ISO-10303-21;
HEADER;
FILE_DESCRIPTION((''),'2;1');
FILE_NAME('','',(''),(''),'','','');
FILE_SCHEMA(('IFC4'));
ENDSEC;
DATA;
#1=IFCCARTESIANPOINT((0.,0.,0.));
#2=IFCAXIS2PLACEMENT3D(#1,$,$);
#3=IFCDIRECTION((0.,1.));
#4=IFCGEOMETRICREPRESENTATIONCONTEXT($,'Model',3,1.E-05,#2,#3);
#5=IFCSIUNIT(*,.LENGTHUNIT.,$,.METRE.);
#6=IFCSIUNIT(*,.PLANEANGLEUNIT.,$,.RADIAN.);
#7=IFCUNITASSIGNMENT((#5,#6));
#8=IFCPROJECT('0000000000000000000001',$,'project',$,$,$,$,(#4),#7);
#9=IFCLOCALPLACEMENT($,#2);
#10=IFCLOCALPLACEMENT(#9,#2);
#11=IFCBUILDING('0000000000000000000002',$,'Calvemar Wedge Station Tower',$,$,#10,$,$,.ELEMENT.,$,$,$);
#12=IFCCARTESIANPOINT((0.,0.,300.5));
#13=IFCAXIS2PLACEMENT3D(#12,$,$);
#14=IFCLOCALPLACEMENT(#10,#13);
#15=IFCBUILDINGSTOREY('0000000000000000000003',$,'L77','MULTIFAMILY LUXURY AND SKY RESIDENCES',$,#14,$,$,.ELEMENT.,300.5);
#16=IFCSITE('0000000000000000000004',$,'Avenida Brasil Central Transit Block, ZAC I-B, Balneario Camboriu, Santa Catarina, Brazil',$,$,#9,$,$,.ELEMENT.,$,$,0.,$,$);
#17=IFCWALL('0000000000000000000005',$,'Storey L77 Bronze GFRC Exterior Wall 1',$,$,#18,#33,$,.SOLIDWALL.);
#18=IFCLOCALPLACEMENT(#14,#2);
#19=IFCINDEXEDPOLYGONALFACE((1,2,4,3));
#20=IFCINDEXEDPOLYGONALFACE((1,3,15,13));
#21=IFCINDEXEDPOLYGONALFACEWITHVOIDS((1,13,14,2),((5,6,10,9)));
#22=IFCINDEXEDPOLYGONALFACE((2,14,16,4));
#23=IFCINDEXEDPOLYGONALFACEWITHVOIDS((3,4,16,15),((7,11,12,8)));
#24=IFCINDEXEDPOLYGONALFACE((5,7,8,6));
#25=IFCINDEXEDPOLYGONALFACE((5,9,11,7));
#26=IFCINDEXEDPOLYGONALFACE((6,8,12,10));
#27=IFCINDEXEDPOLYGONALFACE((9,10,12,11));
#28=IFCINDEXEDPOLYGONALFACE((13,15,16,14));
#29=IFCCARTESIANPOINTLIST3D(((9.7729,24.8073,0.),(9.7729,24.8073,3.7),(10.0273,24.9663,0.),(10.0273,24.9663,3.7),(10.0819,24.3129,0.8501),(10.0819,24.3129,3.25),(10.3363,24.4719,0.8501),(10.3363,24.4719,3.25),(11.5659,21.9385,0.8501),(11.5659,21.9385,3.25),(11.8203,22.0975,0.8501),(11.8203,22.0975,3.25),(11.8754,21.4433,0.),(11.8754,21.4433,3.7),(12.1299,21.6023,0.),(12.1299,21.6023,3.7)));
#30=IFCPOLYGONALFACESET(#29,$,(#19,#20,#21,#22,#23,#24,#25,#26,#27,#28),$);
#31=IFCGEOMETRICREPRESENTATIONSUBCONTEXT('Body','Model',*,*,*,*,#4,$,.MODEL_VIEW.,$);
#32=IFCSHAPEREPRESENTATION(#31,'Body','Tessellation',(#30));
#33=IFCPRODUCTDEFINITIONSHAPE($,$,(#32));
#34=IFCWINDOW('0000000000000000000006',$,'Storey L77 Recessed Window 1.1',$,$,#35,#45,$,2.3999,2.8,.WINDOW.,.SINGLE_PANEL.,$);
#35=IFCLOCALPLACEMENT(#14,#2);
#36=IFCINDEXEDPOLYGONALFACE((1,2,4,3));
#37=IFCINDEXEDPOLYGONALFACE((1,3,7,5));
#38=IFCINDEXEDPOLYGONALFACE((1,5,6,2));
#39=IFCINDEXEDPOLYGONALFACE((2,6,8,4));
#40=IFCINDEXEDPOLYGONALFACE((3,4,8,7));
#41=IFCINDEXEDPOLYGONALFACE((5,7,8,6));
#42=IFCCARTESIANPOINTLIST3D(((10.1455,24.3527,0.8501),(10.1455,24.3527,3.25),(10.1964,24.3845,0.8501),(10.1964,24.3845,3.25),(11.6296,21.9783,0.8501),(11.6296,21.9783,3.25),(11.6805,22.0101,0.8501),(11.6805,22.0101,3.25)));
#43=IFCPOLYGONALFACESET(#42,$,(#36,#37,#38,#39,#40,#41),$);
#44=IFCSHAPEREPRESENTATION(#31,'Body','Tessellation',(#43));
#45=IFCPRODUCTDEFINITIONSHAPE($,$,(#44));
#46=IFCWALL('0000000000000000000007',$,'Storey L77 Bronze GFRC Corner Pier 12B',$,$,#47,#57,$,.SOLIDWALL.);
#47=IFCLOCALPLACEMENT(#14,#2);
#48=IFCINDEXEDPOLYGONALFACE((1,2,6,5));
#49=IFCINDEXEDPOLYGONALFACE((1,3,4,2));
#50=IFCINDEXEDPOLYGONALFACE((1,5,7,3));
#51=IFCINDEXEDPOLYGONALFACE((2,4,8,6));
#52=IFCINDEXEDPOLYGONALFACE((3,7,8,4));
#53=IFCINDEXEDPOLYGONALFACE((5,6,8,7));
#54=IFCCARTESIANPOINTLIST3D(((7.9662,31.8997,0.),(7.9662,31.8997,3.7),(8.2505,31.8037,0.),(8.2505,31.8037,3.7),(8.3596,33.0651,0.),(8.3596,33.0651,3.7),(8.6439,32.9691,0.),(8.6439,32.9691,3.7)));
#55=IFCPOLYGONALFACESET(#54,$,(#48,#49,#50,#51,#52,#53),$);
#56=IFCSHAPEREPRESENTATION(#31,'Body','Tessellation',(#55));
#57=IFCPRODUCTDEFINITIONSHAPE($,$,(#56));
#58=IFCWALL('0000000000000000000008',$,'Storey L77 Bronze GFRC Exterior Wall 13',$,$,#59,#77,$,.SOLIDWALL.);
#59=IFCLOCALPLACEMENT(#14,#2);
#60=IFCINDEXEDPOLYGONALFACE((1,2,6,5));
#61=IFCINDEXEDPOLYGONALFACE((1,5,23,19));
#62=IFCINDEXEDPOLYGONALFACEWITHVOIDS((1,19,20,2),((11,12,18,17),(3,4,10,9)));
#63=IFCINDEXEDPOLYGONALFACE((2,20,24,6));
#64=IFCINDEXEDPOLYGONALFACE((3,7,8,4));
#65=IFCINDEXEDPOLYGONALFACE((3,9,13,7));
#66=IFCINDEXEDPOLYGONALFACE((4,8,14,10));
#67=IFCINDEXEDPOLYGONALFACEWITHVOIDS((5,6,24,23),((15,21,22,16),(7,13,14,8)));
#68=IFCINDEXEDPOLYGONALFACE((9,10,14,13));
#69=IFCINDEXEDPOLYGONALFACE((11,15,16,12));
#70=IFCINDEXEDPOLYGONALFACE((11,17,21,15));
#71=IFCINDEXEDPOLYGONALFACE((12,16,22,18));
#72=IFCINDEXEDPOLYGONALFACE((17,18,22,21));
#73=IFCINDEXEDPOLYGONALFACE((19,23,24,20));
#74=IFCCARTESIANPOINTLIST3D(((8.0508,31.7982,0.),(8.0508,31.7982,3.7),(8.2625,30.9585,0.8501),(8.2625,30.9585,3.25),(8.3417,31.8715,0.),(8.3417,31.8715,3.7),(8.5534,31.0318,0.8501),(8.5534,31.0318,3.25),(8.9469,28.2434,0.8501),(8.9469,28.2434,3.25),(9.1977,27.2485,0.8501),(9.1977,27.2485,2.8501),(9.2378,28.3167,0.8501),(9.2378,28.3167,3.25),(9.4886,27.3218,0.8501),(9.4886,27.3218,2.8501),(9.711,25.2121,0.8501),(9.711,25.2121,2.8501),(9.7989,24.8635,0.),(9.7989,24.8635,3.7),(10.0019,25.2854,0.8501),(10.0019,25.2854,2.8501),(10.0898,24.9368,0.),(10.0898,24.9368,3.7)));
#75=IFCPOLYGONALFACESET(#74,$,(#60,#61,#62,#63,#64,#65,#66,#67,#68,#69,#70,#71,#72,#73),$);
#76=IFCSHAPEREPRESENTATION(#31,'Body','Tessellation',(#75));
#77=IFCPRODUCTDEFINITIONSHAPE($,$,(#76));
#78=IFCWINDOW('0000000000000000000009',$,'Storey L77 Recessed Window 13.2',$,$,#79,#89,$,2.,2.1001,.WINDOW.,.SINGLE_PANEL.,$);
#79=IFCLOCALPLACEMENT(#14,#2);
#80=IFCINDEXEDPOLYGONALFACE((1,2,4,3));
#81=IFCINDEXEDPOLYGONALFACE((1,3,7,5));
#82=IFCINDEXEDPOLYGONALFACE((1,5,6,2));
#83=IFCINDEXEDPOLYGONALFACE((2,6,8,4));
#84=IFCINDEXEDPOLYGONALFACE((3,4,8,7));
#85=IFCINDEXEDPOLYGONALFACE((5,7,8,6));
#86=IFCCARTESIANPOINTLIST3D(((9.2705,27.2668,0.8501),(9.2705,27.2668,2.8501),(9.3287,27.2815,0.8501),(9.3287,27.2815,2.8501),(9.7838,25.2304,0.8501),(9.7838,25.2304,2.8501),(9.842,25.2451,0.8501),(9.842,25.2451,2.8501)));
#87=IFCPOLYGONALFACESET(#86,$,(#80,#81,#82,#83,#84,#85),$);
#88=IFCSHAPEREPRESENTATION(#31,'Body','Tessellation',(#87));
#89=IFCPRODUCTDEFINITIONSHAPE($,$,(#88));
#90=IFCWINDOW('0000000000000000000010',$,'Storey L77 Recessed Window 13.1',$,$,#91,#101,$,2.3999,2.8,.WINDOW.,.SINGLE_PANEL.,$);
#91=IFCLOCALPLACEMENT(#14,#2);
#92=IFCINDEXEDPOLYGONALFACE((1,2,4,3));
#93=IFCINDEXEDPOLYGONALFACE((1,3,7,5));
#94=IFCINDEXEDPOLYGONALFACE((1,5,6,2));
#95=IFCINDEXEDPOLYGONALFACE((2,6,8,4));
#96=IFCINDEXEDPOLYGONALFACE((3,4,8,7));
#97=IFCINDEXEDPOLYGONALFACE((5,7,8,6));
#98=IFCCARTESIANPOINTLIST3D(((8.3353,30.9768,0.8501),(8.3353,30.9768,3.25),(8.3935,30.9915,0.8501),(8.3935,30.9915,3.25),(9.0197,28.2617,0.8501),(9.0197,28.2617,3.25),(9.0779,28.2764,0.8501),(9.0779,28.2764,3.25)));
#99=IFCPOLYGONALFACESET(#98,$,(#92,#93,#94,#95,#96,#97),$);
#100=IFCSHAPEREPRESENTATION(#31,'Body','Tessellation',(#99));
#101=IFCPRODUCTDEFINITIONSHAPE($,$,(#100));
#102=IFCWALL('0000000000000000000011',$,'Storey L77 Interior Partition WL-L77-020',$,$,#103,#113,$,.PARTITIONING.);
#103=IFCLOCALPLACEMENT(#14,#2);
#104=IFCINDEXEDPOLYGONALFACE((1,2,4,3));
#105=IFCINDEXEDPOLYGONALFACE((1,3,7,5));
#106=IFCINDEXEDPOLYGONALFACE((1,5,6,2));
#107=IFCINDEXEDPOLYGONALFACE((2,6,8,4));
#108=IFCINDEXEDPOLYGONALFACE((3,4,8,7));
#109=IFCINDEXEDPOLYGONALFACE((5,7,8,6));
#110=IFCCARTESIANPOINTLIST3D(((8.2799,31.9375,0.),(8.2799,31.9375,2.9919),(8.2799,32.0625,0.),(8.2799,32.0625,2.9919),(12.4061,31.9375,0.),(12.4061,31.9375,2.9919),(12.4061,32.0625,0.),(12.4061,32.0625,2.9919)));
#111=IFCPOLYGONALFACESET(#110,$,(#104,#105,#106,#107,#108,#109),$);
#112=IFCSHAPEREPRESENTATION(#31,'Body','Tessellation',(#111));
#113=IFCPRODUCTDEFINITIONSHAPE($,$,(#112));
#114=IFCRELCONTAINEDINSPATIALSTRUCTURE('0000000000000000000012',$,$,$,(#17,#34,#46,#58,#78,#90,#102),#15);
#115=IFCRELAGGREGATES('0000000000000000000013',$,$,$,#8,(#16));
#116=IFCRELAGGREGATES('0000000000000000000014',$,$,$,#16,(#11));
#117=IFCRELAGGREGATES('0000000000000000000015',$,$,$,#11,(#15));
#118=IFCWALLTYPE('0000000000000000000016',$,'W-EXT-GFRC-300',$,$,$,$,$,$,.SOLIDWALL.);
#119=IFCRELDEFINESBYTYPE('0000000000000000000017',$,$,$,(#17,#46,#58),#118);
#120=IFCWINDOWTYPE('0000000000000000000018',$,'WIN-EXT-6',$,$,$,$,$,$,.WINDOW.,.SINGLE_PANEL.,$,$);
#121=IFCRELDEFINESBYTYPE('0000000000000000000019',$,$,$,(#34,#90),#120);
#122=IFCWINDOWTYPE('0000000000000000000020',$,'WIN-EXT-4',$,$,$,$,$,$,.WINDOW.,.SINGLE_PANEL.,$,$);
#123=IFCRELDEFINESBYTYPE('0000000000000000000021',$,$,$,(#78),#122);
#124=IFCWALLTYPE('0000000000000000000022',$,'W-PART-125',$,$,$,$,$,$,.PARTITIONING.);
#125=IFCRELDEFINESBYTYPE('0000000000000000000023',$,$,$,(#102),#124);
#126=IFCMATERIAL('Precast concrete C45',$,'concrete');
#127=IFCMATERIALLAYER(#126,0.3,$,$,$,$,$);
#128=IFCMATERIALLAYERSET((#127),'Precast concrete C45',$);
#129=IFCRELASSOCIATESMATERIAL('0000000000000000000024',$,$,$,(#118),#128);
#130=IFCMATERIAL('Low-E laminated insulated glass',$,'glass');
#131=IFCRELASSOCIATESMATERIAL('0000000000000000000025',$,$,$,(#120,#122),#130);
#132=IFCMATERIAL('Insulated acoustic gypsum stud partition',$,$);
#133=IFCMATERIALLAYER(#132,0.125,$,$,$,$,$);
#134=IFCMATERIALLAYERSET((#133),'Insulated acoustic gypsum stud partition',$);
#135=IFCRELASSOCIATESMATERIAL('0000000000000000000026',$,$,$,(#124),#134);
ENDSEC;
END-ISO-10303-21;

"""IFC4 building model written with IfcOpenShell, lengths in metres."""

from ifc_helpers import new_model, si_unit, direction, frame, frame_2d, origin, place, context, subcontext, project, spatial, rectangle, extrude, source, transform, mapped, material, layer, layer_set, type_object, element, fill, save


model = new_model("IFC4")

# Units and contexts
model_context = context("Model", 3, precision=1e-05, world=origin(), true_north=direction((0.0, 1.0)))
body_context = subcontext(model_context, "Body", "Model", "MODEL_VIEW")
ifc_project = project(units=[si_unit("LENGTHUNIT", "METRE"), si_unit("PLANEANGLEUNIT", "RADIAN")], contexts=[model_context])

# Site, building, storey
site_placement = place(None, origin())
site = spatial("IfcSite", under=ifc_project, at=site_placement, Name="Avenida Brasil Central Transit Block, ZAC I-B, Balneario Camboriu, Santa Catarina, Brazil", CompositionType="ELEMENT", RefElevation=0.0)
building_placement = place(site_placement, origin())
building = spatial("IfcBuilding", under=site, at=building_placement, Name="Calvemar Wedge Station Tower", CompositionType="ELEMENT")
storey_placement = place(building_placement, frame((0.0, 0.0, 300.5)))
storey = spatial("IfcBuildingStorey", under=building, at=storey_placement, Name="L77", Description="MULTIFAMILY LUXURY AND SKY RESIDENCES", CompositionType="ELEMENT", Elevation=300.5)

# Wall, opening, window
ifc_material_1 = material(Name="Precast concrete C45", Category="concrete")
ifc_layer_1 = layer(ifc_material_1, 0.3)
ifc_layer_set_1 = layer_set([ifc_layer_1], Name="Precast concrete C45")
wall_type_1 = type_object("IfcWallType", Name="W-EXT-GFRC-300", PredefinedType="SOLIDWALL", material=ifc_layer_set_1)
wall_1_placement = place(storey_placement, frame((9.9001, 24.8867, 0.0), z_axis=(0.0, 0.0, 1.0), x_axis=(0.530004, -0.847995, 0.0)))
wall_1 = element("IfcWall", 1, at=wall_1_placement, inside=storey, type_object=wall_type_1, Name="Storey L77 Bronze GFRC Exterior Wall 1", PredefinedType="SOLIDWALL", context=body_context, shape_type="SweptSolid", body=[
    extrude(rectangle(XDim=3.967, YDim=0.3, at=frame_2d((1.9834, 0.0))), origin(), (0.0, 0.0, 1.0), 3.7),
])
shared_shape_1 = source(origin(), body_context, "Body", "SweptSolid", [
    extrude(rectangle(XDim=2.8, YDim=2.3999, at=frame_2d((1.3999, 1.2))), frame((0.0, 0.1602, 0.0), z_axis=(0.0, -1.0, 0.0), x_axis=(1.0, 0.0, 0.0)), (0.0, 0.0, 1.0), 0.3201),
])
opening_1_placement = place(wall_1_placement, frame((0.583, 0.0, 0.8501)))
opening_1 = element("IfcOpeningElement", 2, at=opening_1_placement, cuts=wall_1, PredefinedType="OPENING", context=body_context, shape_type="MappedRepresentation", body=[
    mapped(shared_shape_1, transform((0.0, 0.0, 0.0), scale=1.0)),
])
ifc_material_2 = material(Name="Low-E laminated insulated glass", Category="glass")
window_type_1 = type_object("IfcWindowType", Name="WIN-EXT-6", PartitioningType="SINGLE_PANEL", PredefinedType="WINDOW", material=ifc_material_2)
shared_shape_2 = source(origin(), body_context, "Body", "SweptSolid", [
    extrude(rectangle(XDim=2.8, YDim=2.3999, at=frame_2d((1.3999, 1.2))), frame((0.0, -0.0149, 0.0), z_axis=(0.0, -1.0, 0.0), x_axis=(1.0, 0.0, 0.0)), (0.0, 0.0, 1.0), 0.0601),
])
window_1_placement = place(opening_1_placement, origin())
window_1 = element("IfcWindow", 3, at=window_1_placement, inside=storey, type_object=window_type_1, Name="Storey L77 Recessed Window 1.1", OverallHeight=2.3999, OverallWidth=2.8, PartitioningType="SINGLE_PANEL", PredefinedType="WINDOW", context=body_context, shape_type="MappedRepresentation", body=[
    mapped(shared_shape_2, transform((0.0, 0.0, 0.0), scale=1.0)),
])
fill(opening_1, window_1)

# Shared definitions
shared_shape_3 = source(origin(), body_context, "Body", "SweptSolid", [
    extrude(rectangle(XDim=2.1001, YDim=2.0, at=frame_2d((1.05, 1.0))), frame((0.0, 0.1602, 0.0), z_axis=(0.0, -1.0, 0.0), x_axis=(1.0, 0.0, 0.0)), (0.0, 0.0, 1.0), 0.3201),
])
window_type_2 = type_object("IfcWindowType", Name="WIN-EXT-4", PartitioningType="SINGLE_PANEL", PredefinedType="WINDOW", material=ifc_material_2)
shared_shape_4 = source(origin(), body_context, "Body", "SweptSolid", [
    extrude(rectangle(XDim=2.1001, YDim=2.0, at=frame_2d((1.05, 1.0))), frame((0.0, -0.0149, 0.0), z_axis=(0.0, -1.0, 0.0), x_axis=(1.0, 0.0, 0.0)), (0.0, 0.0, 1.0), 0.0601),
])

# Wall
wall_2_placement = place(storey_placement, frame((8.5017, 33.0171, 0.0), z_axis=(0.0, 0.0, 1.0), x_axis=(-0.319799, -0.947486, 0.0)))
element("IfcWall", 4, at=wall_2_placement, inside=storey, type_object=wall_type_1, Name="Storey L77 Bronze GFRC Corner Pier 12B", PredefinedType="SOLIDWALL", context=body_context, shape_type="SweptSolid", body=[
    extrude(rectangle(XDim=1.23, YDim=0.3, at=frame_2d((0.615, 0.0))), origin(), (0.0, 0.0, 1.0), 3.7),
])

# Wall, openings, windows
wall_3_placement = place(storey_placement, frame((8.1963, 31.8347, 0.0), z_axis=(0.0, 0.0, 1.0), x_axis=(0.244431, -0.969667, 0.0)))
wall_3 = element("IfcWall", 5, at=wall_3_placement, inside=storey, type_object=wall_type_1, Name="Storey L77 Bronze GFRC Exterior Wall 13", PredefinedType="SOLIDWALL", context=body_context, shape_type="SweptSolid", body=[
    extrude(rectangle(XDim=7.1516, YDim=0.3, at=frame_2d((3.5757, 0.0))), origin(), (0.0, 0.0, 1.0), 3.7),
])
opening_2_placement = place(wall_3_placement, frame((0.866, 0.0, 0.8501)))
opening_2 = element("IfcOpeningElement", 6, at=opening_2_placement, cuts=wall_3, PredefinedType="OPENING", context=body_context, shape_type="MappedRepresentation", body=[
    mapped(shared_shape_1, transform((0.0, 0.0, 0.0), scale=1.0)),
])
opening_3_placement = place(wall_3_placement, frame((4.6919, 0.0, 0.8501)))
opening_3 = element("IfcOpeningElement", 7, at=opening_3_placement, cuts=wall_3, PredefinedType="OPENING", context=body_context, shape_type="MappedRepresentation", body=[
    mapped(shared_shape_3, transform((0.0, 0.0, 0.0), scale=1.0)),
])
window_2_placement = place(opening_3_placement, origin())
window_2 = element("IfcWindow", 8, at=window_2_placement, inside=storey, type_object=window_type_2, Name="Storey L77 Recessed Window 13.2", OverallHeight=2.0, OverallWidth=2.1001, PartitioningType="SINGLE_PANEL", PredefinedType="WINDOW", context=body_context, shape_type="MappedRepresentation", body=[
    mapped(shared_shape_4, transform((0.0, 0.0, 0.0), scale=1.0)),
])
fill(opening_3, window_2)
window_3_placement = place(opening_2_placement, origin())
window_3 = element("IfcWindow", 9, at=window_3_placement, inside=storey, type_object=window_type_1, Name="Storey L77 Recessed Window 13.1", OverallHeight=2.3999, OverallWidth=2.8, PartitioningType="SINGLE_PANEL", PredefinedType="WINDOW", context=body_context, shape_type="MappedRepresentation", body=[
    mapped(shared_shape_2, transform((0.0, 0.0, 0.0), scale=1.0)),
])
fill(opening_2, window_3)

# Wall
ifc_material_3 = material(Name="Insulated acoustic gypsum stud partition")
ifc_layer_2 = layer(ifc_material_3, 0.125)
ifc_layer_set_2 = layer_set([ifc_layer_2], Name="Insulated acoustic gypsum stud partition")
wall_type_2 = type_object("IfcWallType", Name="W-PART-125", PredefinedType="PARTITIONING", material=ifc_layer_set_2)
wall_4_placement = place(storey_placement, frame((12.406, 32.0, 0.0), z_axis=(0.0, 0.0, 1.0), x_axis=(-1.0, 0.0, 0.0)))
element("IfcWall", 10, at=wall_4_placement, inside=storey, type_object=wall_type_2, Name="Storey L77 Interior Partition WL-L77-020", PredefinedType="PARTITIONING", context=body_context, shape_type="SweptSolid", body=[
    extrude(rectangle(XDim=4.1262, YDim=0.125, at=frame_2d((2.063, 0.0))), origin(), (0.0, 0.0, 1.0), 2.9919),
])

save(model, "model.ifc")
